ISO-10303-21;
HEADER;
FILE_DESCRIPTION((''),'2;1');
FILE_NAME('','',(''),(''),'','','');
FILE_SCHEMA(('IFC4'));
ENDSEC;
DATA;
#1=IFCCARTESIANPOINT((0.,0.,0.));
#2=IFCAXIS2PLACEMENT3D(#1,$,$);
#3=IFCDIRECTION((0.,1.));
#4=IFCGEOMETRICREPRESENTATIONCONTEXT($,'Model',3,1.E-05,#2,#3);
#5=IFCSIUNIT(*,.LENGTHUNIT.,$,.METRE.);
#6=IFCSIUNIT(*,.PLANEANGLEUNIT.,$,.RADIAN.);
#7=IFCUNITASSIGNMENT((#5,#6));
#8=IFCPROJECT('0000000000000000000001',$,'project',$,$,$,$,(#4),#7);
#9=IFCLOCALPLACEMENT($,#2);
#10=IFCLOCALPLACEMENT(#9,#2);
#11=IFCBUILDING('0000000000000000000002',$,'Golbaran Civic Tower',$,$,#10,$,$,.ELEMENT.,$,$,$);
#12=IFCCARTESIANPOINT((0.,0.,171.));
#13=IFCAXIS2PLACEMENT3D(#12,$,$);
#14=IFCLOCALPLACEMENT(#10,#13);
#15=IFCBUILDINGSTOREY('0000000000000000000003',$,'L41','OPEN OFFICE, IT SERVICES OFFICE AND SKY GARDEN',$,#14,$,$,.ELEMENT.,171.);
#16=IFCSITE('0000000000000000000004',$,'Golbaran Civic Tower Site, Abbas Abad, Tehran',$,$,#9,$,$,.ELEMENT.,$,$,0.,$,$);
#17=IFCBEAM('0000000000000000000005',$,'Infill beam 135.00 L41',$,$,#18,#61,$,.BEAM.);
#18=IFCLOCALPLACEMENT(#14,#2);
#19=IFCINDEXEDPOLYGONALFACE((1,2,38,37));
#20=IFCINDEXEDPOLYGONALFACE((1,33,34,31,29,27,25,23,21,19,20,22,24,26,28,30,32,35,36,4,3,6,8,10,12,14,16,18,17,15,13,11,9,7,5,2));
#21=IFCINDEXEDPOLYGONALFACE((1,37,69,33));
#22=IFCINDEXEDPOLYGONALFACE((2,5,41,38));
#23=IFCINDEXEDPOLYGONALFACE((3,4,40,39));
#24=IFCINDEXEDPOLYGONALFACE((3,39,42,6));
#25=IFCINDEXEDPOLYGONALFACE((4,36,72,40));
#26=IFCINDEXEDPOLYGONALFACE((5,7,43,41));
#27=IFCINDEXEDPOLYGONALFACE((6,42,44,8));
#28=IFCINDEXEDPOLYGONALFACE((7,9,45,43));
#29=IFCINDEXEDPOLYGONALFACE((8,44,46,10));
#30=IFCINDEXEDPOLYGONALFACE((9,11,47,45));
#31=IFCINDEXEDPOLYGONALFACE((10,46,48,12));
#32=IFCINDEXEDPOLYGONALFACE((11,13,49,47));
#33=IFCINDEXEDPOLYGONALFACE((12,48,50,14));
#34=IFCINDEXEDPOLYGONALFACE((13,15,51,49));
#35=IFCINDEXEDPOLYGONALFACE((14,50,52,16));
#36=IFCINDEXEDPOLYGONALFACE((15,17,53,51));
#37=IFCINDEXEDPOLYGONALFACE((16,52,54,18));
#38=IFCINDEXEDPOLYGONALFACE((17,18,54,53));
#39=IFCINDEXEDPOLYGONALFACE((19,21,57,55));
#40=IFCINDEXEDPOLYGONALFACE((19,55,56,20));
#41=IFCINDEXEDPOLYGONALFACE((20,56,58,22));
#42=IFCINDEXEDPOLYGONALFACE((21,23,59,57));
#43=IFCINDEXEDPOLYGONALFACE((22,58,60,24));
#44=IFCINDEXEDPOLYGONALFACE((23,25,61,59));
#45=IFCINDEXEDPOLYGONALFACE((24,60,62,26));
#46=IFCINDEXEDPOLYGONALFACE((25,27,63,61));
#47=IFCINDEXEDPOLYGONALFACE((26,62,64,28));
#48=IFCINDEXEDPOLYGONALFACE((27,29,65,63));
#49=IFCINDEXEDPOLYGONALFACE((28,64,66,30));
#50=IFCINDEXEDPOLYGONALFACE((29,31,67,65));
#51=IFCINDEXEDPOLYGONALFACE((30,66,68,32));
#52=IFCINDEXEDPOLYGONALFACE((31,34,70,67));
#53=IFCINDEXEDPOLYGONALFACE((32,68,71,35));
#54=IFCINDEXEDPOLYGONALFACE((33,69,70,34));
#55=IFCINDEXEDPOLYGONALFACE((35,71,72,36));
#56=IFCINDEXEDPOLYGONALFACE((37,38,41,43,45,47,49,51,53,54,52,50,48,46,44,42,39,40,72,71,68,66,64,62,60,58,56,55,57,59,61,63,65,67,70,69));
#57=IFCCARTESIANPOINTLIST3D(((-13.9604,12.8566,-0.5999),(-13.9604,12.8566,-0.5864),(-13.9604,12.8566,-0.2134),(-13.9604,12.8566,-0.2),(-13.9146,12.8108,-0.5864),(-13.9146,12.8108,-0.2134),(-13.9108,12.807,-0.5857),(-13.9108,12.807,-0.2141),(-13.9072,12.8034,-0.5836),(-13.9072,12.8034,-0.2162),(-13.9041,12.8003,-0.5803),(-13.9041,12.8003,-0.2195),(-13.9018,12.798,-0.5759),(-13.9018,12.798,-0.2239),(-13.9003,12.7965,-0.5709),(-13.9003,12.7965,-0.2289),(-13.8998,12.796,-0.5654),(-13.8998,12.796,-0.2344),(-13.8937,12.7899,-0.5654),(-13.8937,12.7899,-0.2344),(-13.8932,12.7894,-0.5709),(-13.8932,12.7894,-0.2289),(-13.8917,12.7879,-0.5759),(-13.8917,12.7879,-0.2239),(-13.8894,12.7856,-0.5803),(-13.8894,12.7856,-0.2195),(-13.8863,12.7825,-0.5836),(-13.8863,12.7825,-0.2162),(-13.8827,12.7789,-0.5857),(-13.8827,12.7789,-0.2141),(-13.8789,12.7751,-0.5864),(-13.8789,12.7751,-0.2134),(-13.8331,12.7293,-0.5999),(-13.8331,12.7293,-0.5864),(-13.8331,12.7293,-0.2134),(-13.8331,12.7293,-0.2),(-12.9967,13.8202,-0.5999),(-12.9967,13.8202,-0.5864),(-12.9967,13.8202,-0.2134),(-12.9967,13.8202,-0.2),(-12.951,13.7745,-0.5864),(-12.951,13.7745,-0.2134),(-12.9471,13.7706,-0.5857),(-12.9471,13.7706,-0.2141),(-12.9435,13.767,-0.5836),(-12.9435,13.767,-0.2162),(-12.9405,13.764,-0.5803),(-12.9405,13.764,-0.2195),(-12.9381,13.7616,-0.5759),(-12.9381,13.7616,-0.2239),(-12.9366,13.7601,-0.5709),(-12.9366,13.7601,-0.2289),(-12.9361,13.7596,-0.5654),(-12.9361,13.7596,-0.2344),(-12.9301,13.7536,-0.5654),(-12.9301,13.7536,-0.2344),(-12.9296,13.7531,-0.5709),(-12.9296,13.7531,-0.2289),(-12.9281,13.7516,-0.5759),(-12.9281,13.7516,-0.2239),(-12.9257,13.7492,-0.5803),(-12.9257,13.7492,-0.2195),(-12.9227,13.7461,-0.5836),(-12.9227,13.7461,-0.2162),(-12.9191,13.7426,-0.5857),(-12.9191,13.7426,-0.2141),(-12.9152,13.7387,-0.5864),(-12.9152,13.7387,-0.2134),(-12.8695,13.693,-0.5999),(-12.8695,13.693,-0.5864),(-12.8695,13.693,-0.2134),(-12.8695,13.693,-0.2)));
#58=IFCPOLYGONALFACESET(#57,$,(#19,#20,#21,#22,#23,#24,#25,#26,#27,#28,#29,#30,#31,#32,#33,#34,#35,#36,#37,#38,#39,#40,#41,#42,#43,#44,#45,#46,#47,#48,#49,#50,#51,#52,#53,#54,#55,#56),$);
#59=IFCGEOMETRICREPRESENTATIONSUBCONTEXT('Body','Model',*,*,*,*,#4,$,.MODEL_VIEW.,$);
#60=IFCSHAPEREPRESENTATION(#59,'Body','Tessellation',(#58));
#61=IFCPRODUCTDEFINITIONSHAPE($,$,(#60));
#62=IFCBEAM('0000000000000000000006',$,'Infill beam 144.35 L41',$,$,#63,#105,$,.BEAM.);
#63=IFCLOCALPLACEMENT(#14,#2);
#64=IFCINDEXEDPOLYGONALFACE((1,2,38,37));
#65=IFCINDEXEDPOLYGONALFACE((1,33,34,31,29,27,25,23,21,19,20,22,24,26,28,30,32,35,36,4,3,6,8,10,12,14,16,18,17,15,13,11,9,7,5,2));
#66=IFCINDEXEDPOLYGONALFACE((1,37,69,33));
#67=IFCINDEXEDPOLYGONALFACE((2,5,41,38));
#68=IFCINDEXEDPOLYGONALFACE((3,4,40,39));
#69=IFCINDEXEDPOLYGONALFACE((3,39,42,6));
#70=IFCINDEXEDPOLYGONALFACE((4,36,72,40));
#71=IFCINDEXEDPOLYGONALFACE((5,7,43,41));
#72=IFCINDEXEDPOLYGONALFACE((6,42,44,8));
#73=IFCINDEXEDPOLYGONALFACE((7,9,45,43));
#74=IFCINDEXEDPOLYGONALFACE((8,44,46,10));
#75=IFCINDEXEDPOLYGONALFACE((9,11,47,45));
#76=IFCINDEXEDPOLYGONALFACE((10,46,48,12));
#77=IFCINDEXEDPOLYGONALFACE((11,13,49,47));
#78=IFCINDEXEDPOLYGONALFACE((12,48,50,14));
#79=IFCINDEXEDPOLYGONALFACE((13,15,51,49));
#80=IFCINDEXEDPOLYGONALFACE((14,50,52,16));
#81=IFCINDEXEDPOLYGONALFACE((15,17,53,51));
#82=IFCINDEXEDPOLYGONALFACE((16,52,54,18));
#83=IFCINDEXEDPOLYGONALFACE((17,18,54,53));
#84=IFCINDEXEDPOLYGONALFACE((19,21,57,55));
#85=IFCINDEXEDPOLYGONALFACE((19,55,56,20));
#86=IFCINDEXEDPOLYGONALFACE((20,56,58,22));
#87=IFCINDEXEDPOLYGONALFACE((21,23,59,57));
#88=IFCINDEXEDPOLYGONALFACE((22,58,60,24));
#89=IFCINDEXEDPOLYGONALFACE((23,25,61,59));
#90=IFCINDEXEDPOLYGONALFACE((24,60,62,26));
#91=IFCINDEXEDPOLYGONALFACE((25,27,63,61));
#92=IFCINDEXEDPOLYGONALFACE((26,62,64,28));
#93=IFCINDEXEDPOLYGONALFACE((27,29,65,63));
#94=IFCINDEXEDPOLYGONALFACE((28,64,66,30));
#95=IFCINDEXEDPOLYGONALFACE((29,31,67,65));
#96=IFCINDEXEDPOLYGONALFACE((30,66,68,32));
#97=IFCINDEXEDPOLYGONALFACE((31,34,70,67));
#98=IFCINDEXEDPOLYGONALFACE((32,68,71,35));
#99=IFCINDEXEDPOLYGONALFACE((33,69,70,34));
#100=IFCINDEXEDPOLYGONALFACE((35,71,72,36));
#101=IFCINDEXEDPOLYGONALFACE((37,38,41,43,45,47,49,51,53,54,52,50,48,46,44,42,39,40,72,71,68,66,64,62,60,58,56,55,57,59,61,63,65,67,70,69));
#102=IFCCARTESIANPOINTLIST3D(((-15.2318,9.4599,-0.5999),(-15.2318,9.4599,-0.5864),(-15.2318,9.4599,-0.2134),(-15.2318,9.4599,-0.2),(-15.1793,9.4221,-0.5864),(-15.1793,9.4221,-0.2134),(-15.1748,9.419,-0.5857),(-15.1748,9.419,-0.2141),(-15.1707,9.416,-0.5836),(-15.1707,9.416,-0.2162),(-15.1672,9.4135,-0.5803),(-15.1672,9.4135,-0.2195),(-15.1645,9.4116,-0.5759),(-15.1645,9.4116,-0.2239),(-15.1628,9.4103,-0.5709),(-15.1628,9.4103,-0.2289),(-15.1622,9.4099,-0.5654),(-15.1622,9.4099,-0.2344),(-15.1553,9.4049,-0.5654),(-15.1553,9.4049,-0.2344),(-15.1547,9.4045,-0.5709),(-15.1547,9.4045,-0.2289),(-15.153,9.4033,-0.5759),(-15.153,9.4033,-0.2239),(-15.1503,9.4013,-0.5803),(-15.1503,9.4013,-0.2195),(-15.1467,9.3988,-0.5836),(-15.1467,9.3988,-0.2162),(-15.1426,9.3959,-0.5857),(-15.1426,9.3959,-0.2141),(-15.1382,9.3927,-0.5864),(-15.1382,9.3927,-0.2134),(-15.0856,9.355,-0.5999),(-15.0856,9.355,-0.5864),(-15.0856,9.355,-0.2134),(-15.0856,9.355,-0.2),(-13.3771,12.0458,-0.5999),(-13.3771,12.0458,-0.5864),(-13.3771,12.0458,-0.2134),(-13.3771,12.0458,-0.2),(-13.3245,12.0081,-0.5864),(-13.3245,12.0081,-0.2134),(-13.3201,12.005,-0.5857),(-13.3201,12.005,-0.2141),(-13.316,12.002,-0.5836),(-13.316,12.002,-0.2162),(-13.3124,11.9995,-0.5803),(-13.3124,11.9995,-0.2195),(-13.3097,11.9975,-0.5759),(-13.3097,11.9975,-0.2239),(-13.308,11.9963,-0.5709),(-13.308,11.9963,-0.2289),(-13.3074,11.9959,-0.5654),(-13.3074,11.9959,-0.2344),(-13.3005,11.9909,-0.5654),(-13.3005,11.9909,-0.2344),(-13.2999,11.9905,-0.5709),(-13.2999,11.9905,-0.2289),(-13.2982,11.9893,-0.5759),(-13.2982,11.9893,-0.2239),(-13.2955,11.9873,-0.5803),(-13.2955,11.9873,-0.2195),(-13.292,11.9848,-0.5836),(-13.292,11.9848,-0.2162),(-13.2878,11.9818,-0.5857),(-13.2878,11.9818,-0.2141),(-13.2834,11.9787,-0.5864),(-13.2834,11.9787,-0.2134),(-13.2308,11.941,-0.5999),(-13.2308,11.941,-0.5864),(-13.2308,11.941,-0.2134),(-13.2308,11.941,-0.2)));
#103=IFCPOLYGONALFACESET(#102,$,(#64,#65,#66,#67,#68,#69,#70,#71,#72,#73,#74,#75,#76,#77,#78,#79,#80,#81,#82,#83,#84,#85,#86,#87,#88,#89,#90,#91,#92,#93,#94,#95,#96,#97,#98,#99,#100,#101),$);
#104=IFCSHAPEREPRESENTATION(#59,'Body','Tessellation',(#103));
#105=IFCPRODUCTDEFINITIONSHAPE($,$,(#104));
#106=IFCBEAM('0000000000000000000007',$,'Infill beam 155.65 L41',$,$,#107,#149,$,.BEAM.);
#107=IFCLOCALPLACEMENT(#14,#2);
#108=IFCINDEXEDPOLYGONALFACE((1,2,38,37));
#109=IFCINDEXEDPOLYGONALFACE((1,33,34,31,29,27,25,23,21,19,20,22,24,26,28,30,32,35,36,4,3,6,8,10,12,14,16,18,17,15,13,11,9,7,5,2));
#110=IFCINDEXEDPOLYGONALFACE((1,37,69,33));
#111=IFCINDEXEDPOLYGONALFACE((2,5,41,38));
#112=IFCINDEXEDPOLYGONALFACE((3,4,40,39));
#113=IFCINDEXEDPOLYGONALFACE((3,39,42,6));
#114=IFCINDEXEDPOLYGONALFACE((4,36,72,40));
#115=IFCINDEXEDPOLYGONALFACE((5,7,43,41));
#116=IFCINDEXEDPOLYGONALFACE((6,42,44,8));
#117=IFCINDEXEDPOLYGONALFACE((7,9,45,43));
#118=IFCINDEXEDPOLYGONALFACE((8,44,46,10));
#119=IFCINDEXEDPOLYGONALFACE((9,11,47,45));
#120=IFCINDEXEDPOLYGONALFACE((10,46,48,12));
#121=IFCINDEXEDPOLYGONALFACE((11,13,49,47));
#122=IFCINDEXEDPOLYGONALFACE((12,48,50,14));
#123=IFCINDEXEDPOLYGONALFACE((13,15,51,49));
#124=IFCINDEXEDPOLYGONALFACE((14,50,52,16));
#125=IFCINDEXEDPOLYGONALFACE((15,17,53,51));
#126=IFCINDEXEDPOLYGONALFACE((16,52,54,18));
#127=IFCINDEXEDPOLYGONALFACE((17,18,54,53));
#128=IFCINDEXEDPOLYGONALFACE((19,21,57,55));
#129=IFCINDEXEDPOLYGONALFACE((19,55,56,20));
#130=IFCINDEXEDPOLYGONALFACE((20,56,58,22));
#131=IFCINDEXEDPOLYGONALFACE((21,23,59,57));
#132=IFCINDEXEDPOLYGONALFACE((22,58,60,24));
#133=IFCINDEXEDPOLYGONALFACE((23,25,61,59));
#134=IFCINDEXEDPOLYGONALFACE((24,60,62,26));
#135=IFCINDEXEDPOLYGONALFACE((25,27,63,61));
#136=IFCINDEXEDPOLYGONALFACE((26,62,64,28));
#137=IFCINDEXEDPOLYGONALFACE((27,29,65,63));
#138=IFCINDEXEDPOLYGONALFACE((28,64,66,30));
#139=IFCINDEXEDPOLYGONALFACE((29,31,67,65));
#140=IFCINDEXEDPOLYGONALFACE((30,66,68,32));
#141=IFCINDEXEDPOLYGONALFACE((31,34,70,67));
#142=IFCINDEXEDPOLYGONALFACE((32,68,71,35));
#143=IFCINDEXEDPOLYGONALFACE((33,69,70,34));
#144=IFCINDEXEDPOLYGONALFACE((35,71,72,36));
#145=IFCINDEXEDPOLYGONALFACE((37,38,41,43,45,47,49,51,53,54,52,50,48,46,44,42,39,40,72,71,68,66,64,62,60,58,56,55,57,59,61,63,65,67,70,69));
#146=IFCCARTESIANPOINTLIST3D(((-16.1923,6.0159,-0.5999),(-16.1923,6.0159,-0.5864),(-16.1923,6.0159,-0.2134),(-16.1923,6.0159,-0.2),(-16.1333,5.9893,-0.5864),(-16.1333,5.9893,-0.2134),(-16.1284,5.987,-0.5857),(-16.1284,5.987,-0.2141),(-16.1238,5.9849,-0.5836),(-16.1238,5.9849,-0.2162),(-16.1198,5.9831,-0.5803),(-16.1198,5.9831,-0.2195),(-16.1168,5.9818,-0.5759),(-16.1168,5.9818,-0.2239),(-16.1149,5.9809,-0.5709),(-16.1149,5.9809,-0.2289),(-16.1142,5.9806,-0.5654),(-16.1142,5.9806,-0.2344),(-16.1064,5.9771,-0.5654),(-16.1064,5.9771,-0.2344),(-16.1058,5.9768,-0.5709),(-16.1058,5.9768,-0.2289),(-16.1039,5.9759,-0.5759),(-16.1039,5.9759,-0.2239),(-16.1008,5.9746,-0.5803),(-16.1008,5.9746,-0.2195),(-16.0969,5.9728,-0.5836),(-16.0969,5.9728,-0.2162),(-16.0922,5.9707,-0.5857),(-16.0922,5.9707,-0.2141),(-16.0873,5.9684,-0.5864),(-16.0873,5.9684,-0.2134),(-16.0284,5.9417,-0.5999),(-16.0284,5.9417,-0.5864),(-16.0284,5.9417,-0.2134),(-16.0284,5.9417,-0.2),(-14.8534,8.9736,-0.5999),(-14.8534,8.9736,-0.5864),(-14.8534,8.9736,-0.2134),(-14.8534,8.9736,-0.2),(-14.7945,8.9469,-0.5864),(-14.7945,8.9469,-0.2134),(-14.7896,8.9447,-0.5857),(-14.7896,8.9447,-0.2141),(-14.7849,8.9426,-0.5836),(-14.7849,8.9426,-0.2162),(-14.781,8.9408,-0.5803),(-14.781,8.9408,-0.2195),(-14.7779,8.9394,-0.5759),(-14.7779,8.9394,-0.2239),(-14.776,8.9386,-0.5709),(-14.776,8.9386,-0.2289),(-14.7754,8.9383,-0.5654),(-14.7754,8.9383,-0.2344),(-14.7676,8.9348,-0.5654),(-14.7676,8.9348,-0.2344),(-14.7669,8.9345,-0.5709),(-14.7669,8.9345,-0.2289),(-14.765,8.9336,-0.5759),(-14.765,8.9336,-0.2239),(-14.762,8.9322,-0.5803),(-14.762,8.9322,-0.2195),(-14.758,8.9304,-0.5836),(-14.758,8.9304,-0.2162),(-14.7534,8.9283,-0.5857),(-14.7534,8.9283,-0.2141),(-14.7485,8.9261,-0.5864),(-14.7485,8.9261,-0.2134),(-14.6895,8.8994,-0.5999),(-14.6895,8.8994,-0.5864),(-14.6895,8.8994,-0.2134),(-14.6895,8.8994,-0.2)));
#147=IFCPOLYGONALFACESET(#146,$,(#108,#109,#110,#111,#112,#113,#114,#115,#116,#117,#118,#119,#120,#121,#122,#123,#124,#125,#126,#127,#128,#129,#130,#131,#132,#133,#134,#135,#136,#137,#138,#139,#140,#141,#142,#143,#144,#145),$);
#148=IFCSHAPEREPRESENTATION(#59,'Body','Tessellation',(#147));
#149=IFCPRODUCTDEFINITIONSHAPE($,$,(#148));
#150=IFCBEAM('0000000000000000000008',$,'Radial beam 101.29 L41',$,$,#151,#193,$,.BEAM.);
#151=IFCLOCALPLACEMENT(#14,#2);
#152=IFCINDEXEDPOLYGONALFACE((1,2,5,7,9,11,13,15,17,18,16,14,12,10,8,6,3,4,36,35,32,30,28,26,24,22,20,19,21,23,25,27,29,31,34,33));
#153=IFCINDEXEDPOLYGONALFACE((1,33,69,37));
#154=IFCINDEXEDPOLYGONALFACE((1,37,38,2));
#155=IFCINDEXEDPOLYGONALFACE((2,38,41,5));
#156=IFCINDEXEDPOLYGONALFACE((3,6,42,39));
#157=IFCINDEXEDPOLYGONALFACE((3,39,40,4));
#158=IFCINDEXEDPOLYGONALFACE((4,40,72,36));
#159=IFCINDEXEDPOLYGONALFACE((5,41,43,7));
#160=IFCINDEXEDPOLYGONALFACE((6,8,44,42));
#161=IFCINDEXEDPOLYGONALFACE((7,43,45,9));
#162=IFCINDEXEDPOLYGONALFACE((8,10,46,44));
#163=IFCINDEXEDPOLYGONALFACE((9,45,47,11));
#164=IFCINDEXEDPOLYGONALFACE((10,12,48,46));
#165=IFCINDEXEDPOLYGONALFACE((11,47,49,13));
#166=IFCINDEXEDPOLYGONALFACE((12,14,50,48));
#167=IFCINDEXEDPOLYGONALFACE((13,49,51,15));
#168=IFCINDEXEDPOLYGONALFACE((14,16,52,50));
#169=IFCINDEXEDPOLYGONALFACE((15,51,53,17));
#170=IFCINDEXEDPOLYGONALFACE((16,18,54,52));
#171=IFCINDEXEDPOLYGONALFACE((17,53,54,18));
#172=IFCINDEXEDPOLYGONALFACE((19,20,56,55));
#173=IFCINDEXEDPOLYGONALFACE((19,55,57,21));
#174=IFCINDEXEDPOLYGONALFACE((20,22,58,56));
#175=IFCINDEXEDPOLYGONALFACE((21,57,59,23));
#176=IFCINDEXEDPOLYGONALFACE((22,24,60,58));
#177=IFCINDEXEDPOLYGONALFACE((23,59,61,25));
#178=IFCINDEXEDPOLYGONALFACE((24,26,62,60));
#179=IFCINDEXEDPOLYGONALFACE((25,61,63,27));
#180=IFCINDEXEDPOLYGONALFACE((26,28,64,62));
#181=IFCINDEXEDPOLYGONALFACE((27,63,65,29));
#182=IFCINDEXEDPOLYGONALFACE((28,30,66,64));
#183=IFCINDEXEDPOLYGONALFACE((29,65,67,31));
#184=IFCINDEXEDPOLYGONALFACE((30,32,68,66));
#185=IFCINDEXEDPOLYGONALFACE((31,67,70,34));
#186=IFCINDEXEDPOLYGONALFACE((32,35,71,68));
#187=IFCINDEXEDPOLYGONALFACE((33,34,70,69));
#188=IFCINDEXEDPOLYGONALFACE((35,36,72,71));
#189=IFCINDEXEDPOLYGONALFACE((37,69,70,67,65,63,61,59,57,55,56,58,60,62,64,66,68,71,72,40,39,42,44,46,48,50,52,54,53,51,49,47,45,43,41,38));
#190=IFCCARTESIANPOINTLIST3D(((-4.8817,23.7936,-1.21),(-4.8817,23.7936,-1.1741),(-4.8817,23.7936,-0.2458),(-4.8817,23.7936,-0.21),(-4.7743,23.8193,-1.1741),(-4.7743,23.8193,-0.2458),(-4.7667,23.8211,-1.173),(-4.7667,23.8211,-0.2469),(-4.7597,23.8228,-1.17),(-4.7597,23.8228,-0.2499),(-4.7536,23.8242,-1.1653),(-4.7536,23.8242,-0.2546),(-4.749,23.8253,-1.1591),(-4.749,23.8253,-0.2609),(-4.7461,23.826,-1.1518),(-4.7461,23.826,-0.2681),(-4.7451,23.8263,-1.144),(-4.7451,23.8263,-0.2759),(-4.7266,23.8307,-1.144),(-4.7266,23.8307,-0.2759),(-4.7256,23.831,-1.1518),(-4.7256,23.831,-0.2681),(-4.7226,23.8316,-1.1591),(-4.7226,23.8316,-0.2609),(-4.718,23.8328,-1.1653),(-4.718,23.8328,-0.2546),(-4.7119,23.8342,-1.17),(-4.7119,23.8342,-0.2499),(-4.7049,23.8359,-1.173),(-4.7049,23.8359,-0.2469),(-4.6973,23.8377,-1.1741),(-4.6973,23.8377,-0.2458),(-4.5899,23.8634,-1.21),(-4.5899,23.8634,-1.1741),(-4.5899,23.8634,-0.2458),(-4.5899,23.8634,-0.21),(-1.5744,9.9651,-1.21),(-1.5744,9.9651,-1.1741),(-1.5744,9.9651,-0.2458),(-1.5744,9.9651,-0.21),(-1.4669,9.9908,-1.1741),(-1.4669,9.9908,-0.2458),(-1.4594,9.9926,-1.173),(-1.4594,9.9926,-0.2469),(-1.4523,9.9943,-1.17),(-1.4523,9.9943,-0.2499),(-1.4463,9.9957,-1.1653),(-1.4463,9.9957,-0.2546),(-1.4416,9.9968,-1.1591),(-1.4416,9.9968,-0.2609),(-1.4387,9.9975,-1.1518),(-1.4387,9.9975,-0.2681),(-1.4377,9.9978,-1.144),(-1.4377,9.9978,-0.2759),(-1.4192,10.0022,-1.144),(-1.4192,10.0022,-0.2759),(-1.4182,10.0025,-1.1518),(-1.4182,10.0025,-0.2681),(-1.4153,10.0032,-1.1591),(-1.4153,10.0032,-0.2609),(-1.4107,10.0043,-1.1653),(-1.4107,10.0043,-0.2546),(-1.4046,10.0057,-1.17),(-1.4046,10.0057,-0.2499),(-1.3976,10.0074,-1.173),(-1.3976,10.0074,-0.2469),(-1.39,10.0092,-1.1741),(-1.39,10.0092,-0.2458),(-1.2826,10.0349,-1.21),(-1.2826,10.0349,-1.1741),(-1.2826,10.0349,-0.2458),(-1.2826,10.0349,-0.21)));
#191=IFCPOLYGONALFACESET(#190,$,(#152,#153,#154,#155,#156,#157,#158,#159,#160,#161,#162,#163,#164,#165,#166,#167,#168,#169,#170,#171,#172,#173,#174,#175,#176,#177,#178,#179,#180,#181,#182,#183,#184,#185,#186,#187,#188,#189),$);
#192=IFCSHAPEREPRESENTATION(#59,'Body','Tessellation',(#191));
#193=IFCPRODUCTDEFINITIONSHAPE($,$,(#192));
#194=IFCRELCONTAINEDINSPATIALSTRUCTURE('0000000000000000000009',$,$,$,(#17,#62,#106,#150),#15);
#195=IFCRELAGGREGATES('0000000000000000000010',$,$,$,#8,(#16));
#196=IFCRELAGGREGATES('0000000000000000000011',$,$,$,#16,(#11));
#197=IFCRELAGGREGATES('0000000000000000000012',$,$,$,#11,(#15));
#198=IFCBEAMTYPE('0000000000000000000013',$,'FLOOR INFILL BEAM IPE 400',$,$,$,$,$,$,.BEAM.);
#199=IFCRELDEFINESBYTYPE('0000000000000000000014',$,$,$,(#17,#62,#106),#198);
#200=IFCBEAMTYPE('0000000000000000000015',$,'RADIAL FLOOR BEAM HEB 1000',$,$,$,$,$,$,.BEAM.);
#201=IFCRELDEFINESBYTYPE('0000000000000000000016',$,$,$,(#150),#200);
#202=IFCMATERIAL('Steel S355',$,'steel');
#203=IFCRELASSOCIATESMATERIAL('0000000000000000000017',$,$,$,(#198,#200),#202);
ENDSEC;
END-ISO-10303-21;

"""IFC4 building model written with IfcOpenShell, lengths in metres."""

from ifc_helpers import new_model, si_unit, direction, frame, origin, origin_2d, place, context, subcontext, project, spatial, i_section, extrude, material, material_profile, profile_set, type_object, element, save


model = new_model("IFC4")

# Units and contexts
model_context = context("Model", 3, precision=1e-05, world=origin(), true_north=direction((0.0, 1.0)))
body_context = subcontext(model_context, "Body", "Model", "MODEL_VIEW")
ifc_project = project(units=[si_unit("LENGTHUNIT", "METRE"), si_unit("PLANEANGLEUNIT", "RADIAN")], contexts=[model_context])

# Site, building, storey
site_placement = place(None, origin())
site = spatial("IfcSite", under=ifc_project, at=site_placement, Name="Golbaran Civic Tower Site, Abbas Abad, Tehran", CompositionType="ELEMENT", RefElevation=0.0)
building_placement = place(site_placement, origin())
building = spatial("IfcBuilding", under=site, at=building_placement, Name="Golbaran Civic Tower", CompositionType="ELEMENT")
storey_placement = place(building_placement, frame((0.0, 0.0, 171.0)))
storey = spatial("IfcBuildingStorey", under=building, at=storey_placement, Name="L41", Description="OPEN OFFICE, IT SERVICES OFFICE AND SKY GARDEN", CompositionType="ELEMENT", Elevation=171.0)

# Beams
ifc_material_1 = material(Name="Steel S355", Category="steel")
ifc_material_profile_1 = material_profile(ifc_material_1, i_section(OverallWidth=0.1799, OverallDepth=0.3999, WebThickness=0.0085, FlangeThickness=0.0134, FilletRadius=0.021, at=origin_2d()), Name="IPE 400")
ifc_profile_set_1 = profile_set([ifc_material_profile_1], Name="Steel S355")
beam_type_1 = type_object("IfcBeamType", Name="FLOOR INFILL BEAM IPE 400", PredefinedType="BEAM", material=ifc_profile_set_1)
beam_1_placement = place(storey_placement, frame((-12.9331, 13.7566, -0.3999), z_axis=(-0.707107, -0.707107, 0.0), x_axis=(0.707107, -0.707107, 0.0)))
element("IfcBeam", 1, at=beam_1_placement, inside=storey, type_object=beam_type_1, Name="Infill beam 135.00 L41", PredefinedType="BEAM", context=body_context, shape_type="SweptSolid", body=[
    extrude(i_section(OverallWidth=0.1799, OverallDepth=0.3999, WebThickness=0.0085, FlangeThickness=0.0134, FilletRadius=0.021, at=origin_2d()), origin(), (0.0, 0.0, 1.0), 1.3628),
])
beam_2_placement = place(storey_placement, frame((-13.304, 11.9934, -0.3999), z_axis=(-0.582826, -0.812597, 0.0), x_axis=(0.812597, -0.582826, 0.0)))
element("IfcBeam", 2, at=beam_2_placement, inside=storey, type_object=beam_type_1, Name="Infill beam 144.35 L41", PredefinedType="BEAM", context=body_context, shape_type="SweptSolid", body=[
    extrude(i_section(OverallWidth=0.1799, OverallDepth=0.3999, WebThickness=0.0085, FlangeThickness=0.0134, FilletRadius=0.021, at=origin_2d()), origin(), (0.0, 0.0, 1.0), 3.1824),
])
beam_3_placement = place(storey_placement, frame((-14.7715, 8.9365, -0.3999), z_axis=(-0.41238, -0.911012, 0.0), x_axis=(0.911012, -0.41238, 0.0)))
element("IfcBeam", 3, at=beam_3_placement, inside=storey, type_object=beam_type_1, Name="Infill beam 155.65 L41", PredefinedType="BEAM", context=body_context, shape_type="SweptSolid", body=[
    extrude(i_section(OverallWidth=0.1799, OverallDepth=0.3999, WebThickness=0.0085, FlangeThickness=0.0134, FilletRadius=0.021, at=origin_2d()), origin(), (0.0, 0.0, 1.0), 3.2466),
])
ifc_material_profile_2 = material_profile(ifc_material_1, i_section(OverallWidth=0.3, OverallDepth=1.0, WebThickness=0.019, FlangeThickness=0.0359, FilletRadius=0.03, at=origin_2d()), Name="HEB 1000")
ifc_profile_set_2 = profile_set([ifc_material_profile_2], Name="Steel S355")
beam_type_2 = type_object("IfcBeamType", Name="RADIAL FLOOR BEAM HEB 1000", PredefinedType="BEAM", material=ifc_profile_set_2)
beam_4_placement = place(storey_placement, frame((-1.4285, 10.0, -0.71), z_axis=(-0.232609, 0.97257, 0.0), x_axis=(-0.97257, -0.232609, 0.0)))
element("IfcBeam", 4, at=beam_4_placement, inside=storey, type_object=beam_type_2, Name="Radial beam 101.29 L41", PredefinedType="BEAM", context=body_context, shape_type="SweptSolid", body=[
    extrude(i_section(OverallWidth=0.3, OverallDepth=1.0, WebThickness=0.019, FlangeThickness=0.0359, FilletRadius=0.03, at=origin_2d()), origin(), (0.0, 0.0, 1.0), 14.2185),
])

save(model, "model.ifc")
